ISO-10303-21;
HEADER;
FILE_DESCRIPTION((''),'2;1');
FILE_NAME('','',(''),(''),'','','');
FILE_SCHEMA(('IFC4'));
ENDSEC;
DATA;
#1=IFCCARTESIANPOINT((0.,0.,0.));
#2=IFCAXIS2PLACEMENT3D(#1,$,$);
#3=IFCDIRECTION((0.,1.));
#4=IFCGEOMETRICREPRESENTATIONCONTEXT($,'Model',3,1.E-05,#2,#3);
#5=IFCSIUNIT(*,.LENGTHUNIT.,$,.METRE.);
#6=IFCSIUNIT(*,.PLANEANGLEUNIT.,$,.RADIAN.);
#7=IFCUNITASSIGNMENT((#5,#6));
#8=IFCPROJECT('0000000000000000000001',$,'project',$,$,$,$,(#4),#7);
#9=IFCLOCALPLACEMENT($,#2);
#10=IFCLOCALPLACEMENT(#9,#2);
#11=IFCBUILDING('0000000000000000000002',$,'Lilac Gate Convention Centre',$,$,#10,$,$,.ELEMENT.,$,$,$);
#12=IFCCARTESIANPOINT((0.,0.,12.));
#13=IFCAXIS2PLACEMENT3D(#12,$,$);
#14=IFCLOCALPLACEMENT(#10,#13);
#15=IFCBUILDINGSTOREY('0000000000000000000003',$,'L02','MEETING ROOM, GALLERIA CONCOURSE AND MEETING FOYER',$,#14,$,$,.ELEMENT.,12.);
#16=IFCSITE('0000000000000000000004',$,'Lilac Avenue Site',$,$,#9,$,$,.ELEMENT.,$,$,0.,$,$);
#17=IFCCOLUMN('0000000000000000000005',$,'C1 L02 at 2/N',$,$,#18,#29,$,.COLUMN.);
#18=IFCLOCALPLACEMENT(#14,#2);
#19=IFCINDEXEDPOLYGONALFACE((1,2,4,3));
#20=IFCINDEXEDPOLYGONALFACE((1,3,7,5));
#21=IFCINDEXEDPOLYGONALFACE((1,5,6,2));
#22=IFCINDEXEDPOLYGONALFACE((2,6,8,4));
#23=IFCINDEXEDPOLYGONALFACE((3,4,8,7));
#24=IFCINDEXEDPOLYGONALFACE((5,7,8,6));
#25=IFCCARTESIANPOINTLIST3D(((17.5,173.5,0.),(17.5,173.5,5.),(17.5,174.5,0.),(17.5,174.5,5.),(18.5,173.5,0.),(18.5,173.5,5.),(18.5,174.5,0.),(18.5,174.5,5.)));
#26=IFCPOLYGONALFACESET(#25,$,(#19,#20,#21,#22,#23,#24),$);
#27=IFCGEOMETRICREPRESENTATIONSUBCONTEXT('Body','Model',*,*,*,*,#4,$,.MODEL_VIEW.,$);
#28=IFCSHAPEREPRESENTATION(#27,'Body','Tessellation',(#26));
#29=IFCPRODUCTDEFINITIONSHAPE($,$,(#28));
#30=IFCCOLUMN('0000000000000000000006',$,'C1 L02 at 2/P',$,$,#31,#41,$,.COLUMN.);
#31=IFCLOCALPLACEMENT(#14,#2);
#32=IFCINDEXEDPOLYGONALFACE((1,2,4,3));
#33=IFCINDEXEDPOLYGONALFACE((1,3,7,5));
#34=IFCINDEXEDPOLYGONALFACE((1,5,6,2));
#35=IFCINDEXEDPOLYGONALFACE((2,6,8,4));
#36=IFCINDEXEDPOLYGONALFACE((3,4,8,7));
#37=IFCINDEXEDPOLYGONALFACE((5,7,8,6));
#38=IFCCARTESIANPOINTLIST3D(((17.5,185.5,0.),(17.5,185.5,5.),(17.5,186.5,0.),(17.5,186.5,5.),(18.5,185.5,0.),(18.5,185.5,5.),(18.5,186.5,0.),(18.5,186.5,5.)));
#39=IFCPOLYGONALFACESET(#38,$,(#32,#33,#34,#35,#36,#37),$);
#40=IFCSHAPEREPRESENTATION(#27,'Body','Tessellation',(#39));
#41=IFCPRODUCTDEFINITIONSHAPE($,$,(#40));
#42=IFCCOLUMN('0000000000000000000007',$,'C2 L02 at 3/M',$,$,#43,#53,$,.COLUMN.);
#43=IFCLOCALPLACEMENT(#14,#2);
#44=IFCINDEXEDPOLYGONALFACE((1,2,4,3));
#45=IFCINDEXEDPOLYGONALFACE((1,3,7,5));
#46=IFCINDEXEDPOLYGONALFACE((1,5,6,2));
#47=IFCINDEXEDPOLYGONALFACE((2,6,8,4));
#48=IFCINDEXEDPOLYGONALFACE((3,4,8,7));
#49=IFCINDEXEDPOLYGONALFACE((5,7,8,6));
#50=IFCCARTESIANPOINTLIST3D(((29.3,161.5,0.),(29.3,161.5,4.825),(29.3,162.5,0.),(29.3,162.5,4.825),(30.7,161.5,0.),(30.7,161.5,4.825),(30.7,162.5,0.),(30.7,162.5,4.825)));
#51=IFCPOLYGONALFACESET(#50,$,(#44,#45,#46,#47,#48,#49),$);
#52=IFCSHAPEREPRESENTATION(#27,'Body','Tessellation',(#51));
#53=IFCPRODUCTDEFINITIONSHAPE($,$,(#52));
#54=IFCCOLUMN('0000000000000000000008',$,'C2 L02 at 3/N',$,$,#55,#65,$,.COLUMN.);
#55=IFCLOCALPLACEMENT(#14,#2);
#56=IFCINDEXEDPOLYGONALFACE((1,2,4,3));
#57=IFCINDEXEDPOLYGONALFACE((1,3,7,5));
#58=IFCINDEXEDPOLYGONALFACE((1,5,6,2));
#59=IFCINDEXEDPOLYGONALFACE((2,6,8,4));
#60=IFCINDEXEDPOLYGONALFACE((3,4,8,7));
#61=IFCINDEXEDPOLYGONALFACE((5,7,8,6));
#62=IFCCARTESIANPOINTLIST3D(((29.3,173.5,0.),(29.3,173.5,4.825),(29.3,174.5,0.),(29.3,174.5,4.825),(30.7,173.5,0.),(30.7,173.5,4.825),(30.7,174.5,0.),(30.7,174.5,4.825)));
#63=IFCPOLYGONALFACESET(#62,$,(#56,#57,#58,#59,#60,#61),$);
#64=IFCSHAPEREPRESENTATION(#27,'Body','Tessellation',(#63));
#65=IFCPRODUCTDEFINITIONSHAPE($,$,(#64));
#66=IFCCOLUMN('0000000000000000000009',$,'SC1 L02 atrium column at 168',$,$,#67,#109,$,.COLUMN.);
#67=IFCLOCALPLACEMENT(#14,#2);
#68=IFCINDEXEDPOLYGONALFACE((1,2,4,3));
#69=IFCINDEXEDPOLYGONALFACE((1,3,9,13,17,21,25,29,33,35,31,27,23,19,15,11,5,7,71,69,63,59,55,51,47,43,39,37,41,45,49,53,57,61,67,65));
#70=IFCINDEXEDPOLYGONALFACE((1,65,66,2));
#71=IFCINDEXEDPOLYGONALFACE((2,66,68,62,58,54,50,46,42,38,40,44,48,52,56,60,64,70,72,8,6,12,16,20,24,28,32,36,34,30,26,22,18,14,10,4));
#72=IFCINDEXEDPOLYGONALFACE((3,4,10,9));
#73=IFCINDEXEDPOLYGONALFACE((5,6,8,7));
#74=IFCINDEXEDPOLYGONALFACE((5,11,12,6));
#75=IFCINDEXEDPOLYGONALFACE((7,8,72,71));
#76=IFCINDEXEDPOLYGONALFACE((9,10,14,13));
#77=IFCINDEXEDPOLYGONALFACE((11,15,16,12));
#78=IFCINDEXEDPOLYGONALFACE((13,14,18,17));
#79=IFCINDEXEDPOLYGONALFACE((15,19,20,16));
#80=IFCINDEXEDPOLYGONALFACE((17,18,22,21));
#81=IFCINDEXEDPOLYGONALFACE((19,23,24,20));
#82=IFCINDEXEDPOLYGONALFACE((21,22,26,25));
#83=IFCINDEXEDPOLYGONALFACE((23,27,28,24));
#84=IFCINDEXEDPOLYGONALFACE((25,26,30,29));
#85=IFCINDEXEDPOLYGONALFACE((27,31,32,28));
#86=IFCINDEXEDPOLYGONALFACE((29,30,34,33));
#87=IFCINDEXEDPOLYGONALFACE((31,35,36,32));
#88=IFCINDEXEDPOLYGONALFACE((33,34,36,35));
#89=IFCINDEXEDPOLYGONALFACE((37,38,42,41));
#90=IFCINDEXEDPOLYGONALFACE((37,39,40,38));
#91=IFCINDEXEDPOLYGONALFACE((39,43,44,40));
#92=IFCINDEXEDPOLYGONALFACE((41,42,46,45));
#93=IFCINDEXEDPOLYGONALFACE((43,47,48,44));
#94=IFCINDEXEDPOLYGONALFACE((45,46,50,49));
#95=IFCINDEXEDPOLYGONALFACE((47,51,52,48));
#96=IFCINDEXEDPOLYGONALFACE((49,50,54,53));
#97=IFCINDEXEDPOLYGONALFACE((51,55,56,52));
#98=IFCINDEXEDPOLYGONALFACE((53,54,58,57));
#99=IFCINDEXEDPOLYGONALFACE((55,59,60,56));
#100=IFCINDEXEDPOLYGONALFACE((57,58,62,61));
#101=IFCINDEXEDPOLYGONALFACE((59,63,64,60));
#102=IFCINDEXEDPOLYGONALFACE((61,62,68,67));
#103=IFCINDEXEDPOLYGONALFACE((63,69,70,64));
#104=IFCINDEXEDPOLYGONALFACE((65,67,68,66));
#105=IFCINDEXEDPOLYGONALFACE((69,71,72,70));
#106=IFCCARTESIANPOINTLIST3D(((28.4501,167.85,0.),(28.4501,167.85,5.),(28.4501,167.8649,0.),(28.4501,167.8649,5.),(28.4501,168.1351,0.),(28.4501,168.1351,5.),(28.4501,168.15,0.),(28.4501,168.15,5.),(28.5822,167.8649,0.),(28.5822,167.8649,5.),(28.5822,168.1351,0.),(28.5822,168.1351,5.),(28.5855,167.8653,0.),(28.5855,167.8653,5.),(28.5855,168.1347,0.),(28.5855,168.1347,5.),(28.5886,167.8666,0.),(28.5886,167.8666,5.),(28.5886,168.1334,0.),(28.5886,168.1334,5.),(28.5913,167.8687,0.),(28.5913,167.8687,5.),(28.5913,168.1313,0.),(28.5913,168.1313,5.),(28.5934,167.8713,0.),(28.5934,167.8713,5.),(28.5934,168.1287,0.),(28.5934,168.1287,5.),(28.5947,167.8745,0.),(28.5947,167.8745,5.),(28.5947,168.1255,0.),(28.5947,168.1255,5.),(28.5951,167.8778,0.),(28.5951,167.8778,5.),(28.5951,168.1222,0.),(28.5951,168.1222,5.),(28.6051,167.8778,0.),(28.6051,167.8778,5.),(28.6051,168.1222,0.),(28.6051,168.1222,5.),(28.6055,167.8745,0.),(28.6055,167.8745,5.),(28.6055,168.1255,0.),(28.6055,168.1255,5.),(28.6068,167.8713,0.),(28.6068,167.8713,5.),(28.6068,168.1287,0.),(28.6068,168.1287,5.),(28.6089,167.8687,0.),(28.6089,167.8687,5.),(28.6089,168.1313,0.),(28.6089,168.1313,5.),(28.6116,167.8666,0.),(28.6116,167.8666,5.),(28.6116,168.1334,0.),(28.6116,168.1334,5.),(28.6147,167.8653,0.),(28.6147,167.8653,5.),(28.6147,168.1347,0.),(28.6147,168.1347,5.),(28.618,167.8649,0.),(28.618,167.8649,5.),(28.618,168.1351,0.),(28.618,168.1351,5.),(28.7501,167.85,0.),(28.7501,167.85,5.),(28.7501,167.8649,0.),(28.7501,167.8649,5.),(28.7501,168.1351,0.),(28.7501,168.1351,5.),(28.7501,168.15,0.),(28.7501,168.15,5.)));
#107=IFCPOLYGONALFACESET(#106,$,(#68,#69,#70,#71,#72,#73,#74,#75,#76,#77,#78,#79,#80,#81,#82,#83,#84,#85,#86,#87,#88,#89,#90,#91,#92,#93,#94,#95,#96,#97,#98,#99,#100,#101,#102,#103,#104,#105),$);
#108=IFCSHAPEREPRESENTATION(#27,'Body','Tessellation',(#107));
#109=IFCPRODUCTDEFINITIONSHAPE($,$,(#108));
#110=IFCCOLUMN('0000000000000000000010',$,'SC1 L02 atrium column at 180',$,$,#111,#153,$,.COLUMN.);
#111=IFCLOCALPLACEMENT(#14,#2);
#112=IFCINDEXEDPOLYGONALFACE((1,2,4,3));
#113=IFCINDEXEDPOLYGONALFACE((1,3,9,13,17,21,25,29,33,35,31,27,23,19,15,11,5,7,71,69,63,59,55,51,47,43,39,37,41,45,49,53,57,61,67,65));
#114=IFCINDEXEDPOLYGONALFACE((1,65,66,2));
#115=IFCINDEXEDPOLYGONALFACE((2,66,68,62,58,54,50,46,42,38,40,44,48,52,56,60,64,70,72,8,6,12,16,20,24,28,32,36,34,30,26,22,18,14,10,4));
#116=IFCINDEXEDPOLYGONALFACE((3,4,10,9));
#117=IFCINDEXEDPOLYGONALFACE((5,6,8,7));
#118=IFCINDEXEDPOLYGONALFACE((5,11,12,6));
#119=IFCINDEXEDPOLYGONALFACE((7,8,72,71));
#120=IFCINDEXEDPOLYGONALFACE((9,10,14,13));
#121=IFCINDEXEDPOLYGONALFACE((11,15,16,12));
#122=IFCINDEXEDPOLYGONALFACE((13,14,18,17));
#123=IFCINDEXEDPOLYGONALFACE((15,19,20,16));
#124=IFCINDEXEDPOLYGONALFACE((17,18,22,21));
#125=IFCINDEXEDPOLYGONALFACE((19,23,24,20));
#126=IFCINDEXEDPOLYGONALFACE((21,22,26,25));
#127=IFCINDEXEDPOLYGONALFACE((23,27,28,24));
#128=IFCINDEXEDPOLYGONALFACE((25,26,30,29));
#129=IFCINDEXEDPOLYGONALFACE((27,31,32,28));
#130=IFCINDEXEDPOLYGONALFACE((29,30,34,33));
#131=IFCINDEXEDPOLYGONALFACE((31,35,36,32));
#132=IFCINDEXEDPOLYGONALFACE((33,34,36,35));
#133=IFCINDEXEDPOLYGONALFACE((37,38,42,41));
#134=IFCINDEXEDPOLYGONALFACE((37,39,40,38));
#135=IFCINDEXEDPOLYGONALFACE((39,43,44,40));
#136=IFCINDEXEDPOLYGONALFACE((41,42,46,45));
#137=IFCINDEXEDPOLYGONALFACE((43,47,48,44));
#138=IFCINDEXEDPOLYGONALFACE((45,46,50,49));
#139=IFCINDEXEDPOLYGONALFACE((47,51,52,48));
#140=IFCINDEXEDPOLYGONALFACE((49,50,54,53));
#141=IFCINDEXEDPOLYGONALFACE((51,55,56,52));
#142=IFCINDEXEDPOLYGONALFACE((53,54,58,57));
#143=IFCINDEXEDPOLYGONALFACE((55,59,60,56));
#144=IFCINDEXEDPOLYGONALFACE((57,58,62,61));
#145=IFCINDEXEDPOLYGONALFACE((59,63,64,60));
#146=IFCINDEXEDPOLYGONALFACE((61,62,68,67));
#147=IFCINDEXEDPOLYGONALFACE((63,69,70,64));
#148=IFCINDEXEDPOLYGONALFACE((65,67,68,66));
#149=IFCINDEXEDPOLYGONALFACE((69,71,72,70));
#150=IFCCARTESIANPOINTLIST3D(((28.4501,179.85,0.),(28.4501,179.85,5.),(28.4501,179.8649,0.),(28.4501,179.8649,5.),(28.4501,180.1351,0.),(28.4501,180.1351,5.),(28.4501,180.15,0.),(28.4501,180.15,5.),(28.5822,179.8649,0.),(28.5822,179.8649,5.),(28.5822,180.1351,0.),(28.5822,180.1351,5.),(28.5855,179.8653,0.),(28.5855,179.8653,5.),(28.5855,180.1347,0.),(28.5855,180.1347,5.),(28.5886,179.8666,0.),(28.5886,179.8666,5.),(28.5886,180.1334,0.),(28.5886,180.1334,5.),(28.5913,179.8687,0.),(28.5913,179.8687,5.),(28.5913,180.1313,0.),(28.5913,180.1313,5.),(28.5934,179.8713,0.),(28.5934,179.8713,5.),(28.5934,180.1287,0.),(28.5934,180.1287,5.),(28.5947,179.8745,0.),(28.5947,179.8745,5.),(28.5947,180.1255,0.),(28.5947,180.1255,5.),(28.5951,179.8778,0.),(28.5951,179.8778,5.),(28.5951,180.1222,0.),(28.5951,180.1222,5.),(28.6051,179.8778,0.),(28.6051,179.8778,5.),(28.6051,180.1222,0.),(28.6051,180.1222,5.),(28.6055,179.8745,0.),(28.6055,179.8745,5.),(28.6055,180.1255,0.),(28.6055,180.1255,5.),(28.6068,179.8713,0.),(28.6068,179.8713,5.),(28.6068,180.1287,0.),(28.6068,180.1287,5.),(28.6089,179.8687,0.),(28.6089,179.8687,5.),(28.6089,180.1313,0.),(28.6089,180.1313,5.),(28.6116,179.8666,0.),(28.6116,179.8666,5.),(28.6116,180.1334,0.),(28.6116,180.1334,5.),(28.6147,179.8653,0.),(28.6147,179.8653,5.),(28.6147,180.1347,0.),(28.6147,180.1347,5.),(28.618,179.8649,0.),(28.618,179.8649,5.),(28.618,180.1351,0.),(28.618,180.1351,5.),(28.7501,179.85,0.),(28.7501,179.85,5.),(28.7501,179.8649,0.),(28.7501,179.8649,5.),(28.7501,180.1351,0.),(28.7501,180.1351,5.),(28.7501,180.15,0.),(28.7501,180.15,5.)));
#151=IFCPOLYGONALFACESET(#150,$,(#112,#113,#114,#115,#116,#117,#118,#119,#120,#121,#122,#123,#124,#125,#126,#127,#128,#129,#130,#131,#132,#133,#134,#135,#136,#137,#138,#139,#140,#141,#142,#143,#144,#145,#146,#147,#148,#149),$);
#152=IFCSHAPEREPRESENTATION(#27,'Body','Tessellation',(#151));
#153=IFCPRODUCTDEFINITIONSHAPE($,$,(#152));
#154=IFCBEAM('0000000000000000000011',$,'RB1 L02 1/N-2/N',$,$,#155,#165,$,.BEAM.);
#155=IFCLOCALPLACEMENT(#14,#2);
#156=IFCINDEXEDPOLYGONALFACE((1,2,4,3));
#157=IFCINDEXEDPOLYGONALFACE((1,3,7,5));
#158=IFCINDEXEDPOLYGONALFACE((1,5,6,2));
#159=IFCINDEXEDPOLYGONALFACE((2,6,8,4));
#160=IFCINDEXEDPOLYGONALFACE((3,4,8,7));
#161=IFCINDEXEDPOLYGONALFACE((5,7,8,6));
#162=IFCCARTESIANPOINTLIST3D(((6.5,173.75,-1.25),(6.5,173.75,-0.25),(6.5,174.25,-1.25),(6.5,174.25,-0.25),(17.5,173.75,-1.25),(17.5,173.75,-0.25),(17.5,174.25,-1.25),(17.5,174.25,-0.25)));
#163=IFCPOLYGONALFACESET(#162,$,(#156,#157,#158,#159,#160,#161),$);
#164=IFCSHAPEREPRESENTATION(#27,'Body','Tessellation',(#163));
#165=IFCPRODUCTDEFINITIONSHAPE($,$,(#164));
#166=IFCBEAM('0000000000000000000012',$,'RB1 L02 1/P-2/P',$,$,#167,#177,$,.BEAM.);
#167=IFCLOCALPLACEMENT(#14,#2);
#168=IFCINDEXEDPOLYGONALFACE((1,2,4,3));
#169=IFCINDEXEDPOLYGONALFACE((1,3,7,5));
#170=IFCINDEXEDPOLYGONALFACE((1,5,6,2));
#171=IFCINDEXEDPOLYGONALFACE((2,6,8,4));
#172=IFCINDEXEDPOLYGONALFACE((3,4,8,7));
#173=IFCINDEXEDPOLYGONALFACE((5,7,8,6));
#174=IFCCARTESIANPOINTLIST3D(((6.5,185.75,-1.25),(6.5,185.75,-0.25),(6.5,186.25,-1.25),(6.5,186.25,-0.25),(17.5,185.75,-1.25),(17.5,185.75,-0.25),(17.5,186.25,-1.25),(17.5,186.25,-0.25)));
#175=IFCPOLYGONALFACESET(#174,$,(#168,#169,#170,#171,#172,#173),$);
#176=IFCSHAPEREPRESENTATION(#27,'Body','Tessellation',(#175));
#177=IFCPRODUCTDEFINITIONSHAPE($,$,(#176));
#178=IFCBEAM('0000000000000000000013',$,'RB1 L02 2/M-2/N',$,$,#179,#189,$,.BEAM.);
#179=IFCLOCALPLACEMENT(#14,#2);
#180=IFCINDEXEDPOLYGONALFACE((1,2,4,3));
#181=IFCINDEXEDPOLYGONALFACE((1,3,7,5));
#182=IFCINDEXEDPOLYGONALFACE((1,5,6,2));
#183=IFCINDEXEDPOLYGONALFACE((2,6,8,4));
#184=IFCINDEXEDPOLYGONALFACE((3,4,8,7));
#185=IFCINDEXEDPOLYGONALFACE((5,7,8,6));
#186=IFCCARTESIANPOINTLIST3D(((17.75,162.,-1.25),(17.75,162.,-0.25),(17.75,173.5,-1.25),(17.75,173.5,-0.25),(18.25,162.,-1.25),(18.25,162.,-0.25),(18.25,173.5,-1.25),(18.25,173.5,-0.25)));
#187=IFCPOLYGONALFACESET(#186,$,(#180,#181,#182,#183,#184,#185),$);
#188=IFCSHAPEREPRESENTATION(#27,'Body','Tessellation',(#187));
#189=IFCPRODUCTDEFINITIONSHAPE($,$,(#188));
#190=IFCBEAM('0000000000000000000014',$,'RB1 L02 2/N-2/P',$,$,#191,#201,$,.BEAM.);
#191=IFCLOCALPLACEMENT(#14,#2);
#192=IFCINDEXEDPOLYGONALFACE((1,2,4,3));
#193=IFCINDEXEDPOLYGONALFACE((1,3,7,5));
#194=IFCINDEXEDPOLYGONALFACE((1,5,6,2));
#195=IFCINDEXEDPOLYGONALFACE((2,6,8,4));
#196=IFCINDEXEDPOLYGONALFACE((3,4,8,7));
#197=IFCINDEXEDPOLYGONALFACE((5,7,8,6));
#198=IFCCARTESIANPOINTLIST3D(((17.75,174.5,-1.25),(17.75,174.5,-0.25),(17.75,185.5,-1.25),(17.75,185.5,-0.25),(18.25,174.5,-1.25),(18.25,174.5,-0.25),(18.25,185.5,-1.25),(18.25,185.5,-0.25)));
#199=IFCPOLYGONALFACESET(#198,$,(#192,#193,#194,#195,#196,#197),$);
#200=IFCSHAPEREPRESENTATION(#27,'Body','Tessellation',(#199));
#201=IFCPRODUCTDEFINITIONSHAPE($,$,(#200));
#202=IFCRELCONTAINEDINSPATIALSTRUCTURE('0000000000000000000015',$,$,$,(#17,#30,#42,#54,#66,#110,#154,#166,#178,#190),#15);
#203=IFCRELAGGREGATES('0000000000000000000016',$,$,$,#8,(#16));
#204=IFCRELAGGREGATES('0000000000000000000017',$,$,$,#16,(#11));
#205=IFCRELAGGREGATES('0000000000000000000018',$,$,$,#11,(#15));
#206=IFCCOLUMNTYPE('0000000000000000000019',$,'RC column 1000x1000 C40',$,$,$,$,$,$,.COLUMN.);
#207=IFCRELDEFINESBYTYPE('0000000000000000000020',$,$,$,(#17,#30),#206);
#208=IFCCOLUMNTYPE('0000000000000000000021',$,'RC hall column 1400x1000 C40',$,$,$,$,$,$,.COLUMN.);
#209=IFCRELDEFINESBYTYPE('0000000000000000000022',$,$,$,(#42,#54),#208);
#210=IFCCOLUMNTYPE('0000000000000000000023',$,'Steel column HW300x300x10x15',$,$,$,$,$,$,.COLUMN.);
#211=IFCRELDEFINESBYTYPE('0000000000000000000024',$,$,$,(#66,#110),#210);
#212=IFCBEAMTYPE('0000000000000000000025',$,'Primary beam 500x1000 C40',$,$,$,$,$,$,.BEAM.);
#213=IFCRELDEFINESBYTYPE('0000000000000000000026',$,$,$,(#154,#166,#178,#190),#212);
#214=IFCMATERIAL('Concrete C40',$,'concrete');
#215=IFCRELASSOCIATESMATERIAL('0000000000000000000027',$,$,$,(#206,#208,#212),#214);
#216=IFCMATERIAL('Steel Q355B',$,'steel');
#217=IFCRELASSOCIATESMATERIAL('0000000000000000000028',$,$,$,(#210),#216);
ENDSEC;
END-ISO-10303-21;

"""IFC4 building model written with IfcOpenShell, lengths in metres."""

from ifc_helpers import new_model, si_unit, direction, frame, origin, origin_2d, place, context, subcontext, project, spatial, rectangle, i_section, extrude, material, material_profile, profile_set, type_object, element, save


model = new_model("IFC4")

# Units and contexts
model_context = context("Model", 3, precision=1e-05, world=origin(), true_north=direction((0.0, 1.0)))
body_context = subcontext(model_context, "Body", "Model", "MODEL_VIEW")
ifc_project = project(units=[si_unit("LENGTHUNIT", "METRE"), si_unit("PLANEANGLEUNIT", "RADIAN")], contexts=[model_context])

# Site, building, storey
site_placement = place(None, origin())
site = spatial("IfcSite", under=ifc_project, at=site_placement, Name="Lilac Avenue Site", CompositionType="ELEMENT", RefElevation=0.0)
building_placement = place(site_placement, origin())
building = spatial("IfcBuilding", under=site, at=building_placement, Name="Lilac Gate Convention Centre", CompositionType="ELEMENT")
storey_placement = place(building_placement, frame((0.0, 0.0, 12.0)))
storey = spatial("IfcBuildingStorey", under=building, at=storey_placement, Name="L02", Description="MEETING ROOM, GALLERIA CONCOURSE AND MEETING FOYER", CompositionType="ELEMENT", Elevation=12.0)

# Columns
ifc_material_1 = material(Name="Concrete C40", Category="concrete")
ifc_material_profile_1 = material_profile(ifc_material_1, rectangle(XDim=1.0, YDim=1.0, at=origin_2d()), Name="RC 1000x1000")
ifc_profile_set_1 = profile_set([ifc_material_profile_1], Name="Concrete C40")
column_type_1 = type_object("IfcColumnType", Name="RC column 1000x1000 C40", PredefinedType="COLUMN", material=ifc_profile_set_1)
for number, where, z_axis, x_axis, name in (
    (1, (18.0, 174.0, 0.0), (0.0, 0.0, 1.0), (1.0, 0.0, 0.0), "C1 L02 at 2/N"),
    (2, (18.0, 186.0, 0.0), (0.0, 0.0, 1.0), (1.0, 0.0, 0.0), "C1 L02 at 2/P"),
):
    element("IfcColumn", number, at=place(storey_placement, frame(where, z_axis=z_axis, x_axis=x_axis)), inside=storey, type_object=column_type_1, Name=name, PredefinedType="COLUMN", context=body_context, shape_type="SweptSolid", body=[
        extrude(rectangle(XDim=1.0, YDim=1.0, at=origin_2d()), origin(), (0.0, 0.0, 1.0), 5.0),
    ])
ifc_material_profile_2 = material_profile(ifc_material_1, rectangle(XDim=1.3999, YDim=1.0, at=origin_2d()), Name="RC 1400x1000")
ifc_profile_set_2 = profile_set([ifc_material_profile_2], Name="Concrete C40")
column_type_2 = type_object("IfcColumnType", Name="RC hall column 1400x1000 C40", PredefinedType="COLUMN", material=ifc_profile_set_2)
for number, where, z_axis, x_axis, name in (
    (3, (30.0, 162.0, 0.0), (0.0, 0.0, 1.0), (1.0, 0.0, 0.0), "C2 L02 at 3/M"),
    (4, (30.0, 174.0, 0.0), (0.0, 0.0, 1.0), (1.0, 0.0, 0.0), "C2 L02 at 3/N"),
):
    element("IfcColumn", number, at=place(storey_placement, frame(where, z_axis=z_axis, x_axis=x_axis)), inside=storey, type_object=column_type_2, Name=name, PredefinedType="COLUMN", context=body_context, shape_type="SweptSolid", body=[
        extrude(rectangle(XDim=1.3999, YDim=1.0, at=origin_2d()), origin(), (0.0, 0.0, 1.0), 4.825),
    ])
ifc_material_2 = material(Name="Steel Q355B", Category="steel")
ifc_material_profile_3 = material_profile(ifc_material_2, i_section(OverallWidth=0.3, OverallDepth=0.3, WebThickness=0.01, FlangeThickness=0.0149, FilletRadius=0.0129, at=origin_2d()), Name="HW300x300x10x15")
ifc_profile_set_3 = profile_set([ifc_material_profile_3], Name="Steel Q355B")
column_type_3 = type_object("IfcColumnType", Name="Steel column HW300x300x10x15", PredefinedType="COLUMN", material=ifc_profile_set_3)
for number, where, z_axis, x_axis, name in (
    (5, (28.6001, 168.0, 0.0), (0.0, 0.0, 1.0), (1.0, 0.0, 0.0), "SC1 L02 atrium column at 168"),
    (6, (28.6001, 180.0, 0.0), (0.0, 0.0, 1.0), (1.0, 0.0, 0.0), "SC1 L02 atrium column at 180"),
):
    element("IfcColumn", number, at=place(storey_placement, frame(where, z_axis=z_axis, x_axis=x_axis)), inside=storey, type_object=column_type_3, Name=name, PredefinedType="COLUMN", context=body_context, shape_type="SweptSolid", body=[
        extrude(i_section(OverallWidth=0.3, OverallDepth=0.3, WebThickness=0.01, FlangeThickness=0.0149, FilletRadius=0.0129, at=origin_2d()), origin(), (0.0, 0.0, 1.0), 5.0),
    ])

# Beams
ifc_material_profile_4 = material_profile(ifc_material_1, rectangle(XDim=0.5, YDim=1.0, at=origin_2d()), Name="RC 500x1000")
ifc_profile_set_4 = profile_set([ifc_material_profile_4], Name="Concrete C40")
beam_type = type_object("IfcBeamType", Name="Primary beam 500x1000 C40", PredefinedType="BEAM", material=ifc_profile_set_4)
for number, where, z_axis, x_axis, name in (
    (7, (6.5, 174.0, -0.75), (1.0, 0.0, 0.0), (0.0, 1.0, 0.0), "RB1 L02 1/N-2/N"),
    (8, (6.5, 186.0, -0.75), (1.0, 0.0, 0.0), (0.0, 1.0, 0.0), "RB1 L02 1/P-2/P"),
):
    element("IfcBeam", number, at=place(storey_placement, frame(where, z_axis=z_axis, x_axis=x_axis)), inside=storey, type_object=beam_type, Name=name, PredefinedType="BEAM", context=body_context, shape_type="SweptSolid", body=[
        extrude(rectangle(XDim=0.5, YDim=1.0, at=origin_2d()), origin(), (0.0, 0.0, 1.0), 11.0),
    ])
beam_1_placement = place(storey_placement, frame((18.0, 162.0, -0.75), z_axis=(0.0, 1.0, 0.0), x_axis=(-1.0, 0.0, 0.0)))
element("IfcBeam", 9, at=beam_1_placement, inside=storey, type_object=beam_type, Name="RB1 L02 2/M-2/N", PredefinedType="BEAM", context=body_context, shape_type="SweptSolid", body=[
    extrude(rectangle(XDim=0.5, YDim=1.0, at=origin_2d()), origin(), (0.0, 0.0, 1.0), 11.5),
])
beam_2_placement = place(storey_placement, frame((18.0, 174.5, -0.75), z_axis=(0.0, 1.0, 0.0), x_axis=(-1.0, 0.0, 0.0)))
element("IfcBeam", 10, at=beam_2_placement, inside=storey, type_object=beam_type, Name="RB1 L02 2/N-2/P", PredefinedType="BEAM", context=body_context, shape_type="SweptSolid", body=[
    extrude(rectangle(XDim=0.5, YDim=1.0, at=origin_2d()), origin(), (0.0, 0.0, 1.0), 11.0),
])

save(model, "model.ifc")
